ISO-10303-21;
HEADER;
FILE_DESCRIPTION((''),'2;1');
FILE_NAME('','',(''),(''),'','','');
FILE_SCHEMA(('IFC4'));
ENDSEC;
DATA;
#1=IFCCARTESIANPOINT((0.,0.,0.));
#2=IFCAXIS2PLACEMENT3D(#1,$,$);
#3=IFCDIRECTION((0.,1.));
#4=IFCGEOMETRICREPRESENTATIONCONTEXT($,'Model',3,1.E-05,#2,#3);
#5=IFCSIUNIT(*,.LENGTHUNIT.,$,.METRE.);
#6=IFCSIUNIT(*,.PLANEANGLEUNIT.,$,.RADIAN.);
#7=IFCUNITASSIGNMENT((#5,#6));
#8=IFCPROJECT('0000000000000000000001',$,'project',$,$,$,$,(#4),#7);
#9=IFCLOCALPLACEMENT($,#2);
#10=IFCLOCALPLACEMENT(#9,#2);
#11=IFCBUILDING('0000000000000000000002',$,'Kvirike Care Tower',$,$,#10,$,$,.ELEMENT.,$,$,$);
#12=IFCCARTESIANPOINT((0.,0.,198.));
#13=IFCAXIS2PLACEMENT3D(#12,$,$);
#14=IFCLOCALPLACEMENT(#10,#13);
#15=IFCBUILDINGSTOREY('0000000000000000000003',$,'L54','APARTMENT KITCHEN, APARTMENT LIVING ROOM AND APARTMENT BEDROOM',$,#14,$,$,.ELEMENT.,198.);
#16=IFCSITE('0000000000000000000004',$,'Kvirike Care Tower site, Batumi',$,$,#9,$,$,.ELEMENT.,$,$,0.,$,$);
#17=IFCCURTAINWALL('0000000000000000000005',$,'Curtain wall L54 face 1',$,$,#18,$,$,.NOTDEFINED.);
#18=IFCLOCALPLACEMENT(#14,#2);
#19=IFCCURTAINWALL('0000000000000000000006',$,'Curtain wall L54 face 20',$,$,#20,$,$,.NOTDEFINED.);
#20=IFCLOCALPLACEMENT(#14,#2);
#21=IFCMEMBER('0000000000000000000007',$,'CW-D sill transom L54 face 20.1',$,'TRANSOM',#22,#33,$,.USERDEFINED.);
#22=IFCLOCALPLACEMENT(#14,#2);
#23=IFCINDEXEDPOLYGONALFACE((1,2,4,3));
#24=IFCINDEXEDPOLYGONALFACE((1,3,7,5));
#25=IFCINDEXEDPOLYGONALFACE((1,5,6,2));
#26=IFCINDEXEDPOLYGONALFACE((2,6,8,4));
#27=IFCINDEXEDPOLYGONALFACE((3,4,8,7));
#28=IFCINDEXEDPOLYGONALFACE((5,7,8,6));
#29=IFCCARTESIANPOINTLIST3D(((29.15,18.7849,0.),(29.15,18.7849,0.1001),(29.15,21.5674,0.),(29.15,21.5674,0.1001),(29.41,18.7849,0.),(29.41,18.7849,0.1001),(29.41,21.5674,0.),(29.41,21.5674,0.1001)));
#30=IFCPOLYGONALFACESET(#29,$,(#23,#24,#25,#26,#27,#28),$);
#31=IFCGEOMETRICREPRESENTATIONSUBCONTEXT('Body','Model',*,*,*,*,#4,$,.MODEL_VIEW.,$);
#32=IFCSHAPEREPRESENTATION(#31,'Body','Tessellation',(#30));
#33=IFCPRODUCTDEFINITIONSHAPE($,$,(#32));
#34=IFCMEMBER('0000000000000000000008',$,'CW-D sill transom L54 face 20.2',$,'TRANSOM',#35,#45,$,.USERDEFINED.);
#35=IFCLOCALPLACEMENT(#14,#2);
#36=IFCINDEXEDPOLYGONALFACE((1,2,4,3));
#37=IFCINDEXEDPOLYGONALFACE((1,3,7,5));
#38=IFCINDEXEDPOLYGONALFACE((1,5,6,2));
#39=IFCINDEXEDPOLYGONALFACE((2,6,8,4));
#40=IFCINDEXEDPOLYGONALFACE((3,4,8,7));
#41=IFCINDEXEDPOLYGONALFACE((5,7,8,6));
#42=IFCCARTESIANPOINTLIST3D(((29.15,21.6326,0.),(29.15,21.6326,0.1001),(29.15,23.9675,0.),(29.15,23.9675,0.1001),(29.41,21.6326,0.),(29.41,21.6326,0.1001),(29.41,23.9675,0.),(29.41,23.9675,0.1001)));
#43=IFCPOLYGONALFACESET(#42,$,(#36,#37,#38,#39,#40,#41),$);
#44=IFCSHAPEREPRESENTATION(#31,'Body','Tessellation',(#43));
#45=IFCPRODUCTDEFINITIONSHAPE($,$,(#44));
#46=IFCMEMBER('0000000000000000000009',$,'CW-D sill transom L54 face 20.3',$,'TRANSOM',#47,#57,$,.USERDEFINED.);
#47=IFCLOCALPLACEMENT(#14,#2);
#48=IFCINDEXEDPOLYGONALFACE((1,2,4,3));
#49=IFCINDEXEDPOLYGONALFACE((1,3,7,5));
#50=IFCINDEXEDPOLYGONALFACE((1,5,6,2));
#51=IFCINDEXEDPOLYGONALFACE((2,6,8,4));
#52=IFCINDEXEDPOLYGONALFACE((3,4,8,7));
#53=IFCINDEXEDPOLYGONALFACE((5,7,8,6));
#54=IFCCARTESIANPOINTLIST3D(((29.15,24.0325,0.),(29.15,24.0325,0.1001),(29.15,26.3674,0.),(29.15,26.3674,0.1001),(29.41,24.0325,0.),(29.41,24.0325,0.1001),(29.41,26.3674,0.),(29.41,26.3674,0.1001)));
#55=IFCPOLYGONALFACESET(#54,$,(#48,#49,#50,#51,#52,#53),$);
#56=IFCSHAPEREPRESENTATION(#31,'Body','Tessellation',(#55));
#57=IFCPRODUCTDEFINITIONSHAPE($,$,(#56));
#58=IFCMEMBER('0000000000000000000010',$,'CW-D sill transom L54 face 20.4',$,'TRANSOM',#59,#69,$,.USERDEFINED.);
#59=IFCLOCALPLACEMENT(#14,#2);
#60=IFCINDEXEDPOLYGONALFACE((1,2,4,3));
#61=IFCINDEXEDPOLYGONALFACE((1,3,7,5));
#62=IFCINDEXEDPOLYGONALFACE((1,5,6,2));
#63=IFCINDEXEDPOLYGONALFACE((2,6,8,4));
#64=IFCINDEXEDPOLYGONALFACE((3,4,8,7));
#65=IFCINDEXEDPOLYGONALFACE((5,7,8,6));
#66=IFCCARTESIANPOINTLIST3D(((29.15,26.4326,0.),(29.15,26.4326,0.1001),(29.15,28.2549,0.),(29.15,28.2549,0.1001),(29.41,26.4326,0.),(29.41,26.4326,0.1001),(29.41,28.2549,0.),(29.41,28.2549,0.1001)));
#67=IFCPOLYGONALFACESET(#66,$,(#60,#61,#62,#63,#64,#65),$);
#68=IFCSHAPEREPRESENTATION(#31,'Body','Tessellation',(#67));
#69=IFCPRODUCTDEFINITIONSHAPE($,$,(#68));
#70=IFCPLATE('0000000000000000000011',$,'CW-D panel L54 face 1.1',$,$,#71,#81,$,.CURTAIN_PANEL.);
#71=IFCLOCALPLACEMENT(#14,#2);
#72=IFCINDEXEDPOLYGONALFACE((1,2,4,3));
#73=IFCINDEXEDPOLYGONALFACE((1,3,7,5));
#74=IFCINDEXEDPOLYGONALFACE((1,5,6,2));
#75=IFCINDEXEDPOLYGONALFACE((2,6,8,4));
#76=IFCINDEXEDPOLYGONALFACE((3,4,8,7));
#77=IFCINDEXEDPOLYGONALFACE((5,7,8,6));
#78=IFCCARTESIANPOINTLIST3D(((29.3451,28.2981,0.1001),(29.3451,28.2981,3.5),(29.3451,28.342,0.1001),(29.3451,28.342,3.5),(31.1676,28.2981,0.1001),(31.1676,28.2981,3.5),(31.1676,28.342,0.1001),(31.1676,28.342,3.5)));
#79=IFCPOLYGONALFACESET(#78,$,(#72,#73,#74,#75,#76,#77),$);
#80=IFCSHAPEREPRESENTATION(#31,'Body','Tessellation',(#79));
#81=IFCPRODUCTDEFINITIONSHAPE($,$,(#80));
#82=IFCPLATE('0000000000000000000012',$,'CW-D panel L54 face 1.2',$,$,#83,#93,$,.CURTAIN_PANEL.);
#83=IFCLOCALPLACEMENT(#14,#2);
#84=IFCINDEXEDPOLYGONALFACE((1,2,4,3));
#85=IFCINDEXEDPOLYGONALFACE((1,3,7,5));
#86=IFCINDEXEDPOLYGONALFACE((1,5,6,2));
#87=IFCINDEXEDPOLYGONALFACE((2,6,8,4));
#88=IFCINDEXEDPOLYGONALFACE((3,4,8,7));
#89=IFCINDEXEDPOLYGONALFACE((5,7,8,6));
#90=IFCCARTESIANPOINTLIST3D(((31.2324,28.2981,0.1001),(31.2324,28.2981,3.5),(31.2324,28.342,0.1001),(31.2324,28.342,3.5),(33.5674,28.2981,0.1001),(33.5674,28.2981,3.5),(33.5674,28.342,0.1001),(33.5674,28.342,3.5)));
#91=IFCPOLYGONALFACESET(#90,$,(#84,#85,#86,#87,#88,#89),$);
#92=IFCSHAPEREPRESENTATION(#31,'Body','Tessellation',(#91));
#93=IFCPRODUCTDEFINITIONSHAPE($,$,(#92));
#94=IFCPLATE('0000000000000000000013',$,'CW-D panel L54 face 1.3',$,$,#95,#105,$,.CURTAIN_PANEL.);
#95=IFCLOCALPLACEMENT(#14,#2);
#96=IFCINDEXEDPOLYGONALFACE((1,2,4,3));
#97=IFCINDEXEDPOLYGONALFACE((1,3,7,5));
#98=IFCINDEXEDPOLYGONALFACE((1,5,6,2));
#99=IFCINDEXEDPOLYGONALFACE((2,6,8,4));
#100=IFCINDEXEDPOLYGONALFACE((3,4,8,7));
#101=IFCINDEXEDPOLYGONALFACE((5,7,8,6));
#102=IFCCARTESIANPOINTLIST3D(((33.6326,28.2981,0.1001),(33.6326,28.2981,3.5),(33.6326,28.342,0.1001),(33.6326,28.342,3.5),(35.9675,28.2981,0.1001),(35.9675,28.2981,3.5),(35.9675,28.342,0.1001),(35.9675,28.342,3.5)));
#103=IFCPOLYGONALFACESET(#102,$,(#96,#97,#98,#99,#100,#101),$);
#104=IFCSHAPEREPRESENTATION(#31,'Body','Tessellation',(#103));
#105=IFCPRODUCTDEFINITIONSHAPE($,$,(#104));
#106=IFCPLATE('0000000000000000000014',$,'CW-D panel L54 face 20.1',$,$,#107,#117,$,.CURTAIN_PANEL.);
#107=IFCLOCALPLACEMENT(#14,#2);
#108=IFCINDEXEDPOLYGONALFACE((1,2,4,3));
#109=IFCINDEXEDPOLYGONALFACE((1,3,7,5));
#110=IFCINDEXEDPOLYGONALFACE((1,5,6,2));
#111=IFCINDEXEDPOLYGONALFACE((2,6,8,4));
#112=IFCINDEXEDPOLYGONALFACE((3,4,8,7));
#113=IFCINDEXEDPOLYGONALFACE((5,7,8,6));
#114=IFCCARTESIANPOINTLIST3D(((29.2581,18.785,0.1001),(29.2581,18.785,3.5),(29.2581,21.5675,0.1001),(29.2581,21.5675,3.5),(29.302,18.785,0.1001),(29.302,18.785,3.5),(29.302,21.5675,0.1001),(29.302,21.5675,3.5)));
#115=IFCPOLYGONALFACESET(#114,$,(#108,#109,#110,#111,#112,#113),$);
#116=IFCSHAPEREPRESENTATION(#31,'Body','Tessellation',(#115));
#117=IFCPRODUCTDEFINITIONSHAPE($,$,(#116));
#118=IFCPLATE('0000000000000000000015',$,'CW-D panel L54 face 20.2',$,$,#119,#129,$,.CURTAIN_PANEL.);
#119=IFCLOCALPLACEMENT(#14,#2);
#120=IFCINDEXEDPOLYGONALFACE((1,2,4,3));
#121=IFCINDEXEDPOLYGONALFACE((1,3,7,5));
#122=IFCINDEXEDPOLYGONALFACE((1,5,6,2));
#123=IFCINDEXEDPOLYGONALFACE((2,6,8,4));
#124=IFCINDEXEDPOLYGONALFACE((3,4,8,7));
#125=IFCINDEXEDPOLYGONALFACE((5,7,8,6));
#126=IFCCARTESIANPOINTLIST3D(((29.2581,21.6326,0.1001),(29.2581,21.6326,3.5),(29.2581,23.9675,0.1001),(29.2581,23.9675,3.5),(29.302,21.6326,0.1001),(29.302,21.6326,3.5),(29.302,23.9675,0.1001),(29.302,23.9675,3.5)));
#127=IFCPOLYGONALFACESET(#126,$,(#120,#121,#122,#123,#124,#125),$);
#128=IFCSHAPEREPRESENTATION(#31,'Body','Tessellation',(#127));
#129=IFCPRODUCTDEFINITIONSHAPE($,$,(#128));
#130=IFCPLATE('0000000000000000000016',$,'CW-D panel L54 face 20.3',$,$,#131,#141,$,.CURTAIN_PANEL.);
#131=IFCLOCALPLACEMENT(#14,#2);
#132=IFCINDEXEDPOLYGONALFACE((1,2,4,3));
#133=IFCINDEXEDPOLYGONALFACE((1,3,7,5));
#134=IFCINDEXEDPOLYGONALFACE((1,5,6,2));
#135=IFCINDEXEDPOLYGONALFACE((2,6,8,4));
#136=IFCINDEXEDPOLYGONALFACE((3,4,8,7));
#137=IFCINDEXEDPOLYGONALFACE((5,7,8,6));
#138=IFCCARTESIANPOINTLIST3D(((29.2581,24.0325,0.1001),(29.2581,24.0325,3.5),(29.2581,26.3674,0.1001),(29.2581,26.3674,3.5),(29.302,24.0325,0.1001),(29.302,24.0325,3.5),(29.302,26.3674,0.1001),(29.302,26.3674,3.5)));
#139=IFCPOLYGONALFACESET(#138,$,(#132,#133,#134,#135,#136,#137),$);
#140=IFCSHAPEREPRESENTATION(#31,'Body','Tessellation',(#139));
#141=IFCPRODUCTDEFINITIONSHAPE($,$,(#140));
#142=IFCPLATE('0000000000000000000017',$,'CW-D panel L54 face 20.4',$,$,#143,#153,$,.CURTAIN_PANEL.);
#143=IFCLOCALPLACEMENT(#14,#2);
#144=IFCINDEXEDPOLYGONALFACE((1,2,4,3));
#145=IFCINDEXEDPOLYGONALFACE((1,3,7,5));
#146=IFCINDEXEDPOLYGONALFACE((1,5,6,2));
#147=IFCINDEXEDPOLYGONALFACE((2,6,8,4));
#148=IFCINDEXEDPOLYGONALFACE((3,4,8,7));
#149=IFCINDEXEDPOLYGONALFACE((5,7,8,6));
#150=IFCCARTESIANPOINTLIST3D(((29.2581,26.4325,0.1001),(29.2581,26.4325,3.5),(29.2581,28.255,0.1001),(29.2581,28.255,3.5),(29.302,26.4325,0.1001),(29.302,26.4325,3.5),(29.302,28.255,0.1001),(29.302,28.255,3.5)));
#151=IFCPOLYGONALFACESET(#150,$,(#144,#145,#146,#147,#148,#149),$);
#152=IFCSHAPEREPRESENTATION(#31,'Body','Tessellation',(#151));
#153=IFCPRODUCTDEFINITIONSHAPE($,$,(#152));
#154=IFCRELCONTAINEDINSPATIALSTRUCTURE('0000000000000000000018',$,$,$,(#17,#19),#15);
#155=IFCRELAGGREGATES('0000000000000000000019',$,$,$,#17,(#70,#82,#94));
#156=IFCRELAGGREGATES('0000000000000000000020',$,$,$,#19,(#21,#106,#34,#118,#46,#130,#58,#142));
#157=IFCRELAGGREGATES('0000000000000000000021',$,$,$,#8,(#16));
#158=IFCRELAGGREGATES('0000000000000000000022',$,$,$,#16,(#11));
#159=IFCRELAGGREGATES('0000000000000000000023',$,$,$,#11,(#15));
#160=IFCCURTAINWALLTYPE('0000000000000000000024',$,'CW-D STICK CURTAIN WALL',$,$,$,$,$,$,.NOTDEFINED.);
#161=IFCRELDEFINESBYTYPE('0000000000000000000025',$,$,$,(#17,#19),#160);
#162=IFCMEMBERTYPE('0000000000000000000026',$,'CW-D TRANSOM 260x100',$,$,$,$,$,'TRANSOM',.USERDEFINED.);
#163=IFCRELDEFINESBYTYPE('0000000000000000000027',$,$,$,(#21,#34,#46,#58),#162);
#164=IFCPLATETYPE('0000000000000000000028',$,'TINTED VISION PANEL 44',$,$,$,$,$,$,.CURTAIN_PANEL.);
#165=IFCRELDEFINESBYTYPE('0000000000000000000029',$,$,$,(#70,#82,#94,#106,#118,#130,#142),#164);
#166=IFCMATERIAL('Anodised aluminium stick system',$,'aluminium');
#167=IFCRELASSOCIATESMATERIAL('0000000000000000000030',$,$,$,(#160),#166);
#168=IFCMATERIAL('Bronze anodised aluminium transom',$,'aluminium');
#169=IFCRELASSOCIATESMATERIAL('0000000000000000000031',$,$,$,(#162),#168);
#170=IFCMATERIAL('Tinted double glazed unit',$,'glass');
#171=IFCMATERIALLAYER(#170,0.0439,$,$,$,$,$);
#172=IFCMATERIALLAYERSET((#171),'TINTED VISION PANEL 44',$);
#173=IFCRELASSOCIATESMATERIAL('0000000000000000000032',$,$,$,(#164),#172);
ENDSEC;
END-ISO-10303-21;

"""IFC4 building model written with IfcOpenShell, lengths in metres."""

from ifc_helpers import new_model, si_unit, direction, frame, origin, origin_2d, place, context, subcontext, project, spatial, rectangle, extrude, material, layer, layer_set, material_profile, profile_set, type_object, element, aggregate, save


model = new_model("IFC4")

# Units and contexts
model_context = context("Model", 3, precision=1e-05, world=origin(), true_north=direction((0.0, 1.0)))
body_context = subcontext(model_context, "Body", "Model", "MODEL_VIEW")
ifc_project = project(units=[si_unit("LENGTHUNIT", "METRE"), si_unit("PLANEANGLEUNIT", "RADIAN")], contexts=[model_context])

# Site, building, storey
site_placement = place(None, origin())
site = spatial("IfcSite", under=ifc_project, at=site_placement, Name="Kvirike Care Tower site, Batumi", CompositionType="ELEMENT", RefElevation=0.0)
building_placement = place(site_placement, origin())
building = spatial("IfcBuilding", under=site, at=building_placement, Name="Kvirike Care Tower", CompositionType="ELEMENT")
storey_placement = place(building_placement, frame((0.0, 0.0, 198.0)))
storey = spatial("IfcBuildingStorey", under=building, at=storey_placement, Name="L54", Description="APARTMENT KITCHEN, APARTMENT LIVING ROOM AND APARTMENT BEDROOM", CompositionType="ELEMENT", Elevation=198.0)

# Curtain walls
ifc_material_1 = material(Name="Anodised aluminium stick system", Category="aluminium")
curtain_wall_type = type_object("IfcCurtainWallType", Name="CW-D STICK CURTAIN WALL", PredefinedType="NOTDEFINED", material=ifc_material_1)
curtain_wall_1_placement = place(storey_placement, origin())
curtain_wall_1 = element("IfcCurtainWall", 1, at=curtain_wall_1_placement, inside=storey, type_object=curtain_wall_type, Name="Curtain wall L54 face 1", PredefinedType="NOTDEFINED")
curtain_wall_2_placement = place(storey_placement, origin())
curtain_wall_2 = element("IfcCurtainWall", 2, at=curtain_wall_2_placement, inside=storey, type_object=curtain_wall_type, Name="Curtain wall L54 face 20", PredefinedType="NOTDEFINED")

# Members
ifc_material_2 = material(Name="Bronze anodised aluminium transom", Category="aluminium")
ifc_material_profile_1 = material_profile(ifc_material_2, rectangle(XDim=0.26, YDim=0.1001, at=origin_2d()), Name="CW-D TRANSOM 260x100")
ifc_profile_set_1 = profile_set([ifc_material_profile_1], Name="Bronze anodised aluminium transom")
member_type_1 = type_object("IfcMemberType", Name="CW-D TRANSOM 260x100", ElementType="TRANSOM", PredefinedType="USERDEFINED", material=ifc_profile_set_1)
member_1_placement = place(storey_placement, frame((29.28, 18.7849, 0.05), z_axis=(0.0, 1.0, 0.0), x_axis=(-1.0, 0.0, 0.0)))
member_1 = element("IfcMember", 3, at=member_1_placement, type_object=member_type_1, Name="CW-D sill transom L54 face 20.1", ObjectType="TRANSOM", PredefinedType="USERDEFINED", context=body_context, shape_type="SweptSolid", body=[
    extrude(rectangle(XDim=0.26, YDim=0.1001, at=origin_2d()), origin(), (0.0, 0.0, 1.0), 2.7825),
])
member_2_placement = place(storey_placement, frame((29.28, 21.6326, 0.05), z_axis=(0.0, 1.0, 0.0), x_axis=(-1.0, 0.0, 0.0)))
member_2 = element("IfcMember", 4, at=member_2_placement, type_object=member_type_1, Name="CW-D sill transom L54 face 20.2", ObjectType="TRANSOM", PredefinedType="USERDEFINED", context=body_context, shape_type="SweptSolid", body=[
    extrude(rectangle(XDim=0.26, YDim=0.1001, at=origin_2d()), origin(), (0.0, 0.0, 1.0), 2.335),
])
member_3_placement = place(storey_placement, frame((29.28, 24.0325, 0.05), z_axis=(0.0, 1.0, 0.0), x_axis=(-1.0, 0.0, 0.0)))
member_3 = element("IfcMember", 5, at=member_3_placement, type_object=member_type_1, Name="CW-D sill transom L54 face 20.3", ObjectType="TRANSOM", PredefinedType="USERDEFINED", context=body_context, shape_type="SweptSolid", body=[
    extrude(rectangle(XDim=0.26, YDim=0.1001, at=origin_2d()), origin(), (0.0, 0.0, 1.0), 2.335),
])
member_4_placement = place(storey_placement, frame((29.28, 26.4326, 0.05), z_axis=(0.0, 1.0, 0.0), x_axis=(-1.0, 0.0, 0.0)))
member_4 = element("IfcMember", 6, at=member_4_placement, type_object=member_type_1, Name="CW-D sill transom L54 face 20.4", ObjectType="TRANSOM", PredefinedType="USERDEFINED", context=body_context, shape_type="SweptSolid", body=[
    extrude(rectangle(XDim=0.26, YDim=0.1001, at=origin_2d()), origin(), (0.0, 0.0, 1.0), 1.8223),
])

# Plates
ifc_material_3 = material(Name="Tinted double glazed unit", Category="glass")
ifc_layer = layer(ifc_material_3, 0.0439)
ifc_layer_set = layer_set([ifc_layer], Name="TINTED VISION PANEL 44")
plate_type = type_object("IfcPlateType", Name="TINTED VISION PANEL 44", PredefinedType="CURTAIN_PANEL", material=ifc_layer_set)
plate_1_placement = place(storey_placement, frame((30.2563, 28.3201, 0.1001), z_axis=(0.0, 0.0, 1.0), x_axis=(1.0, 0.0, 0.0)))
plate_1 = element("IfcPlate", 7, at=plate_1_placement, type_object=plate_type, Name="CW-D panel L54 face 1.1", PredefinedType="CURTAIN_PANEL", context=body_context, shape_type="SweptSolid", body=[
    extrude(rectangle(XDim=1.8225, YDim=0.0439, at=origin_2d()), origin(), (0.0, 0.0, 1.0), 3.3999),
])
plate_2_placement = place(storey_placement, frame((32.3999, 28.3201, 0.1001), z_axis=(0.0, 0.0, 1.0), x_axis=(1.0, 0.0, 0.0)))
plate_2 = element("IfcPlate", 8, at=plate_2_placement, type_object=plate_type, Name="CW-D panel L54 face 1.2", PredefinedType="CURTAIN_PANEL", context=body_context, shape_type="SweptSolid", body=[
    extrude(rectangle(XDim=2.335, YDim=0.0439, at=origin_2d()), origin(), (0.0, 0.0, 1.0), 3.3999),
])
plate_3_placement = place(storey_placement, frame((34.8, 28.3201, 0.1001), z_axis=(0.0, 0.0, 1.0), x_axis=(1.0, 0.0, 0.0)))
plate_3 = element("IfcPlate", 9, at=plate_3_placement, type_object=plate_type, Name="CW-D panel L54 face 1.3", PredefinedType="CURTAIN_PANEL", context=body_context, shape_type="SweptSolid", body=[
    extrude(rectangle(XDim=2.335, YDim=0.0439, at=origin_2d()), origin(), (0.0, 0.0, 1.0), 3.3999),
])
aggregate(curtain_wall_1, [plate_1, plate_2, plate_3])
plate_4_placement = place(storey_placement, frame((29.28, 20.1763, 0.1001), z_axis=(0.0, 0.0, 1.0), x_axis=(0.0, 1.0, 0.0)))
plate_4 = element("IfcPlate", 10, at=plate_4_placement, type_object=plate_type, Name="CW-D panel L54 face 20.1", PredefinedType="CURTAIN_PANEL", context=body_context, shape_type="SweptSolid", body=[
    extrude(rectangle(XDim=2.7825, YDim=0.0439, at=origin_2d()), origin(), (0.0, 0.0, 1.0), 3.3999),
])
plate_5_placement = place(storey_placement, frame((29.28, 22.8, 0.1001), z_axis=(0.0, 0.0, 1.0), x_axis=(0.0, 1.0, 0.0)))
plate_5 = element("IfcPlate", 11, at=plate_5_placement, type_object=plate_type, Name="CW-D panel L54 face 20.2", PredefinedType="CURTAIN_PANEL", context=body_context, shape_type="SweptSolid", body=[
    extrude(rectangle(XDim=2.335, YDim=0.0439, at=origin_2d()), origin(), (0.0, 0.0, 1.0), 3.3999),
])
plate_6_placement = place(storey_placement, frame((29.28, 25.2, 0.1001), z_axis=(0.0, 0.0, 1.0), x_axis=(0.0, 1.0, 0.0)))
plate_6 = element("IfcPlate", 12, at=plate_6_placement, type_object=plate_type, Name="CW-D panel L54 face 20.3", PredefinedType="CURTAIN_PANEL", context=body_context, shape_type="SweptSolid", body=[
    extrude(rectangle(XDim=2.335, YDim=0.0439, at=origin_2d()), origin(), (0.0, 0.0, 1.0), 3.3999),
])
plate_7_placement = place(storey_placement, frame((29.28, 27.3438, 0.1001), z_axis=(0.0, 0.0, 1.0), x_axis=(0.0, 1.0, 0.0)))
plate_7 = element("IfcPlate", 13, at=plate_7_placement, type_object=plate_type, Name="CW-D panel L54 face 20.4", PredefinedType="CURTAIN_PANEL", context=body_context, shape_type="SweptSolid", body=[
    extrude(rectangle(XDim=1.8225, YDim=0.0439, at=origin_2d()), origin(), (0.0, 0.0, 1.0), 3.3999),
])
aggregate(curtain_wall_2, [member_1, plate_4, member_2, plate_5, member_3, plate_6, member_4, plate_7])

save(model, "model.ifc")
